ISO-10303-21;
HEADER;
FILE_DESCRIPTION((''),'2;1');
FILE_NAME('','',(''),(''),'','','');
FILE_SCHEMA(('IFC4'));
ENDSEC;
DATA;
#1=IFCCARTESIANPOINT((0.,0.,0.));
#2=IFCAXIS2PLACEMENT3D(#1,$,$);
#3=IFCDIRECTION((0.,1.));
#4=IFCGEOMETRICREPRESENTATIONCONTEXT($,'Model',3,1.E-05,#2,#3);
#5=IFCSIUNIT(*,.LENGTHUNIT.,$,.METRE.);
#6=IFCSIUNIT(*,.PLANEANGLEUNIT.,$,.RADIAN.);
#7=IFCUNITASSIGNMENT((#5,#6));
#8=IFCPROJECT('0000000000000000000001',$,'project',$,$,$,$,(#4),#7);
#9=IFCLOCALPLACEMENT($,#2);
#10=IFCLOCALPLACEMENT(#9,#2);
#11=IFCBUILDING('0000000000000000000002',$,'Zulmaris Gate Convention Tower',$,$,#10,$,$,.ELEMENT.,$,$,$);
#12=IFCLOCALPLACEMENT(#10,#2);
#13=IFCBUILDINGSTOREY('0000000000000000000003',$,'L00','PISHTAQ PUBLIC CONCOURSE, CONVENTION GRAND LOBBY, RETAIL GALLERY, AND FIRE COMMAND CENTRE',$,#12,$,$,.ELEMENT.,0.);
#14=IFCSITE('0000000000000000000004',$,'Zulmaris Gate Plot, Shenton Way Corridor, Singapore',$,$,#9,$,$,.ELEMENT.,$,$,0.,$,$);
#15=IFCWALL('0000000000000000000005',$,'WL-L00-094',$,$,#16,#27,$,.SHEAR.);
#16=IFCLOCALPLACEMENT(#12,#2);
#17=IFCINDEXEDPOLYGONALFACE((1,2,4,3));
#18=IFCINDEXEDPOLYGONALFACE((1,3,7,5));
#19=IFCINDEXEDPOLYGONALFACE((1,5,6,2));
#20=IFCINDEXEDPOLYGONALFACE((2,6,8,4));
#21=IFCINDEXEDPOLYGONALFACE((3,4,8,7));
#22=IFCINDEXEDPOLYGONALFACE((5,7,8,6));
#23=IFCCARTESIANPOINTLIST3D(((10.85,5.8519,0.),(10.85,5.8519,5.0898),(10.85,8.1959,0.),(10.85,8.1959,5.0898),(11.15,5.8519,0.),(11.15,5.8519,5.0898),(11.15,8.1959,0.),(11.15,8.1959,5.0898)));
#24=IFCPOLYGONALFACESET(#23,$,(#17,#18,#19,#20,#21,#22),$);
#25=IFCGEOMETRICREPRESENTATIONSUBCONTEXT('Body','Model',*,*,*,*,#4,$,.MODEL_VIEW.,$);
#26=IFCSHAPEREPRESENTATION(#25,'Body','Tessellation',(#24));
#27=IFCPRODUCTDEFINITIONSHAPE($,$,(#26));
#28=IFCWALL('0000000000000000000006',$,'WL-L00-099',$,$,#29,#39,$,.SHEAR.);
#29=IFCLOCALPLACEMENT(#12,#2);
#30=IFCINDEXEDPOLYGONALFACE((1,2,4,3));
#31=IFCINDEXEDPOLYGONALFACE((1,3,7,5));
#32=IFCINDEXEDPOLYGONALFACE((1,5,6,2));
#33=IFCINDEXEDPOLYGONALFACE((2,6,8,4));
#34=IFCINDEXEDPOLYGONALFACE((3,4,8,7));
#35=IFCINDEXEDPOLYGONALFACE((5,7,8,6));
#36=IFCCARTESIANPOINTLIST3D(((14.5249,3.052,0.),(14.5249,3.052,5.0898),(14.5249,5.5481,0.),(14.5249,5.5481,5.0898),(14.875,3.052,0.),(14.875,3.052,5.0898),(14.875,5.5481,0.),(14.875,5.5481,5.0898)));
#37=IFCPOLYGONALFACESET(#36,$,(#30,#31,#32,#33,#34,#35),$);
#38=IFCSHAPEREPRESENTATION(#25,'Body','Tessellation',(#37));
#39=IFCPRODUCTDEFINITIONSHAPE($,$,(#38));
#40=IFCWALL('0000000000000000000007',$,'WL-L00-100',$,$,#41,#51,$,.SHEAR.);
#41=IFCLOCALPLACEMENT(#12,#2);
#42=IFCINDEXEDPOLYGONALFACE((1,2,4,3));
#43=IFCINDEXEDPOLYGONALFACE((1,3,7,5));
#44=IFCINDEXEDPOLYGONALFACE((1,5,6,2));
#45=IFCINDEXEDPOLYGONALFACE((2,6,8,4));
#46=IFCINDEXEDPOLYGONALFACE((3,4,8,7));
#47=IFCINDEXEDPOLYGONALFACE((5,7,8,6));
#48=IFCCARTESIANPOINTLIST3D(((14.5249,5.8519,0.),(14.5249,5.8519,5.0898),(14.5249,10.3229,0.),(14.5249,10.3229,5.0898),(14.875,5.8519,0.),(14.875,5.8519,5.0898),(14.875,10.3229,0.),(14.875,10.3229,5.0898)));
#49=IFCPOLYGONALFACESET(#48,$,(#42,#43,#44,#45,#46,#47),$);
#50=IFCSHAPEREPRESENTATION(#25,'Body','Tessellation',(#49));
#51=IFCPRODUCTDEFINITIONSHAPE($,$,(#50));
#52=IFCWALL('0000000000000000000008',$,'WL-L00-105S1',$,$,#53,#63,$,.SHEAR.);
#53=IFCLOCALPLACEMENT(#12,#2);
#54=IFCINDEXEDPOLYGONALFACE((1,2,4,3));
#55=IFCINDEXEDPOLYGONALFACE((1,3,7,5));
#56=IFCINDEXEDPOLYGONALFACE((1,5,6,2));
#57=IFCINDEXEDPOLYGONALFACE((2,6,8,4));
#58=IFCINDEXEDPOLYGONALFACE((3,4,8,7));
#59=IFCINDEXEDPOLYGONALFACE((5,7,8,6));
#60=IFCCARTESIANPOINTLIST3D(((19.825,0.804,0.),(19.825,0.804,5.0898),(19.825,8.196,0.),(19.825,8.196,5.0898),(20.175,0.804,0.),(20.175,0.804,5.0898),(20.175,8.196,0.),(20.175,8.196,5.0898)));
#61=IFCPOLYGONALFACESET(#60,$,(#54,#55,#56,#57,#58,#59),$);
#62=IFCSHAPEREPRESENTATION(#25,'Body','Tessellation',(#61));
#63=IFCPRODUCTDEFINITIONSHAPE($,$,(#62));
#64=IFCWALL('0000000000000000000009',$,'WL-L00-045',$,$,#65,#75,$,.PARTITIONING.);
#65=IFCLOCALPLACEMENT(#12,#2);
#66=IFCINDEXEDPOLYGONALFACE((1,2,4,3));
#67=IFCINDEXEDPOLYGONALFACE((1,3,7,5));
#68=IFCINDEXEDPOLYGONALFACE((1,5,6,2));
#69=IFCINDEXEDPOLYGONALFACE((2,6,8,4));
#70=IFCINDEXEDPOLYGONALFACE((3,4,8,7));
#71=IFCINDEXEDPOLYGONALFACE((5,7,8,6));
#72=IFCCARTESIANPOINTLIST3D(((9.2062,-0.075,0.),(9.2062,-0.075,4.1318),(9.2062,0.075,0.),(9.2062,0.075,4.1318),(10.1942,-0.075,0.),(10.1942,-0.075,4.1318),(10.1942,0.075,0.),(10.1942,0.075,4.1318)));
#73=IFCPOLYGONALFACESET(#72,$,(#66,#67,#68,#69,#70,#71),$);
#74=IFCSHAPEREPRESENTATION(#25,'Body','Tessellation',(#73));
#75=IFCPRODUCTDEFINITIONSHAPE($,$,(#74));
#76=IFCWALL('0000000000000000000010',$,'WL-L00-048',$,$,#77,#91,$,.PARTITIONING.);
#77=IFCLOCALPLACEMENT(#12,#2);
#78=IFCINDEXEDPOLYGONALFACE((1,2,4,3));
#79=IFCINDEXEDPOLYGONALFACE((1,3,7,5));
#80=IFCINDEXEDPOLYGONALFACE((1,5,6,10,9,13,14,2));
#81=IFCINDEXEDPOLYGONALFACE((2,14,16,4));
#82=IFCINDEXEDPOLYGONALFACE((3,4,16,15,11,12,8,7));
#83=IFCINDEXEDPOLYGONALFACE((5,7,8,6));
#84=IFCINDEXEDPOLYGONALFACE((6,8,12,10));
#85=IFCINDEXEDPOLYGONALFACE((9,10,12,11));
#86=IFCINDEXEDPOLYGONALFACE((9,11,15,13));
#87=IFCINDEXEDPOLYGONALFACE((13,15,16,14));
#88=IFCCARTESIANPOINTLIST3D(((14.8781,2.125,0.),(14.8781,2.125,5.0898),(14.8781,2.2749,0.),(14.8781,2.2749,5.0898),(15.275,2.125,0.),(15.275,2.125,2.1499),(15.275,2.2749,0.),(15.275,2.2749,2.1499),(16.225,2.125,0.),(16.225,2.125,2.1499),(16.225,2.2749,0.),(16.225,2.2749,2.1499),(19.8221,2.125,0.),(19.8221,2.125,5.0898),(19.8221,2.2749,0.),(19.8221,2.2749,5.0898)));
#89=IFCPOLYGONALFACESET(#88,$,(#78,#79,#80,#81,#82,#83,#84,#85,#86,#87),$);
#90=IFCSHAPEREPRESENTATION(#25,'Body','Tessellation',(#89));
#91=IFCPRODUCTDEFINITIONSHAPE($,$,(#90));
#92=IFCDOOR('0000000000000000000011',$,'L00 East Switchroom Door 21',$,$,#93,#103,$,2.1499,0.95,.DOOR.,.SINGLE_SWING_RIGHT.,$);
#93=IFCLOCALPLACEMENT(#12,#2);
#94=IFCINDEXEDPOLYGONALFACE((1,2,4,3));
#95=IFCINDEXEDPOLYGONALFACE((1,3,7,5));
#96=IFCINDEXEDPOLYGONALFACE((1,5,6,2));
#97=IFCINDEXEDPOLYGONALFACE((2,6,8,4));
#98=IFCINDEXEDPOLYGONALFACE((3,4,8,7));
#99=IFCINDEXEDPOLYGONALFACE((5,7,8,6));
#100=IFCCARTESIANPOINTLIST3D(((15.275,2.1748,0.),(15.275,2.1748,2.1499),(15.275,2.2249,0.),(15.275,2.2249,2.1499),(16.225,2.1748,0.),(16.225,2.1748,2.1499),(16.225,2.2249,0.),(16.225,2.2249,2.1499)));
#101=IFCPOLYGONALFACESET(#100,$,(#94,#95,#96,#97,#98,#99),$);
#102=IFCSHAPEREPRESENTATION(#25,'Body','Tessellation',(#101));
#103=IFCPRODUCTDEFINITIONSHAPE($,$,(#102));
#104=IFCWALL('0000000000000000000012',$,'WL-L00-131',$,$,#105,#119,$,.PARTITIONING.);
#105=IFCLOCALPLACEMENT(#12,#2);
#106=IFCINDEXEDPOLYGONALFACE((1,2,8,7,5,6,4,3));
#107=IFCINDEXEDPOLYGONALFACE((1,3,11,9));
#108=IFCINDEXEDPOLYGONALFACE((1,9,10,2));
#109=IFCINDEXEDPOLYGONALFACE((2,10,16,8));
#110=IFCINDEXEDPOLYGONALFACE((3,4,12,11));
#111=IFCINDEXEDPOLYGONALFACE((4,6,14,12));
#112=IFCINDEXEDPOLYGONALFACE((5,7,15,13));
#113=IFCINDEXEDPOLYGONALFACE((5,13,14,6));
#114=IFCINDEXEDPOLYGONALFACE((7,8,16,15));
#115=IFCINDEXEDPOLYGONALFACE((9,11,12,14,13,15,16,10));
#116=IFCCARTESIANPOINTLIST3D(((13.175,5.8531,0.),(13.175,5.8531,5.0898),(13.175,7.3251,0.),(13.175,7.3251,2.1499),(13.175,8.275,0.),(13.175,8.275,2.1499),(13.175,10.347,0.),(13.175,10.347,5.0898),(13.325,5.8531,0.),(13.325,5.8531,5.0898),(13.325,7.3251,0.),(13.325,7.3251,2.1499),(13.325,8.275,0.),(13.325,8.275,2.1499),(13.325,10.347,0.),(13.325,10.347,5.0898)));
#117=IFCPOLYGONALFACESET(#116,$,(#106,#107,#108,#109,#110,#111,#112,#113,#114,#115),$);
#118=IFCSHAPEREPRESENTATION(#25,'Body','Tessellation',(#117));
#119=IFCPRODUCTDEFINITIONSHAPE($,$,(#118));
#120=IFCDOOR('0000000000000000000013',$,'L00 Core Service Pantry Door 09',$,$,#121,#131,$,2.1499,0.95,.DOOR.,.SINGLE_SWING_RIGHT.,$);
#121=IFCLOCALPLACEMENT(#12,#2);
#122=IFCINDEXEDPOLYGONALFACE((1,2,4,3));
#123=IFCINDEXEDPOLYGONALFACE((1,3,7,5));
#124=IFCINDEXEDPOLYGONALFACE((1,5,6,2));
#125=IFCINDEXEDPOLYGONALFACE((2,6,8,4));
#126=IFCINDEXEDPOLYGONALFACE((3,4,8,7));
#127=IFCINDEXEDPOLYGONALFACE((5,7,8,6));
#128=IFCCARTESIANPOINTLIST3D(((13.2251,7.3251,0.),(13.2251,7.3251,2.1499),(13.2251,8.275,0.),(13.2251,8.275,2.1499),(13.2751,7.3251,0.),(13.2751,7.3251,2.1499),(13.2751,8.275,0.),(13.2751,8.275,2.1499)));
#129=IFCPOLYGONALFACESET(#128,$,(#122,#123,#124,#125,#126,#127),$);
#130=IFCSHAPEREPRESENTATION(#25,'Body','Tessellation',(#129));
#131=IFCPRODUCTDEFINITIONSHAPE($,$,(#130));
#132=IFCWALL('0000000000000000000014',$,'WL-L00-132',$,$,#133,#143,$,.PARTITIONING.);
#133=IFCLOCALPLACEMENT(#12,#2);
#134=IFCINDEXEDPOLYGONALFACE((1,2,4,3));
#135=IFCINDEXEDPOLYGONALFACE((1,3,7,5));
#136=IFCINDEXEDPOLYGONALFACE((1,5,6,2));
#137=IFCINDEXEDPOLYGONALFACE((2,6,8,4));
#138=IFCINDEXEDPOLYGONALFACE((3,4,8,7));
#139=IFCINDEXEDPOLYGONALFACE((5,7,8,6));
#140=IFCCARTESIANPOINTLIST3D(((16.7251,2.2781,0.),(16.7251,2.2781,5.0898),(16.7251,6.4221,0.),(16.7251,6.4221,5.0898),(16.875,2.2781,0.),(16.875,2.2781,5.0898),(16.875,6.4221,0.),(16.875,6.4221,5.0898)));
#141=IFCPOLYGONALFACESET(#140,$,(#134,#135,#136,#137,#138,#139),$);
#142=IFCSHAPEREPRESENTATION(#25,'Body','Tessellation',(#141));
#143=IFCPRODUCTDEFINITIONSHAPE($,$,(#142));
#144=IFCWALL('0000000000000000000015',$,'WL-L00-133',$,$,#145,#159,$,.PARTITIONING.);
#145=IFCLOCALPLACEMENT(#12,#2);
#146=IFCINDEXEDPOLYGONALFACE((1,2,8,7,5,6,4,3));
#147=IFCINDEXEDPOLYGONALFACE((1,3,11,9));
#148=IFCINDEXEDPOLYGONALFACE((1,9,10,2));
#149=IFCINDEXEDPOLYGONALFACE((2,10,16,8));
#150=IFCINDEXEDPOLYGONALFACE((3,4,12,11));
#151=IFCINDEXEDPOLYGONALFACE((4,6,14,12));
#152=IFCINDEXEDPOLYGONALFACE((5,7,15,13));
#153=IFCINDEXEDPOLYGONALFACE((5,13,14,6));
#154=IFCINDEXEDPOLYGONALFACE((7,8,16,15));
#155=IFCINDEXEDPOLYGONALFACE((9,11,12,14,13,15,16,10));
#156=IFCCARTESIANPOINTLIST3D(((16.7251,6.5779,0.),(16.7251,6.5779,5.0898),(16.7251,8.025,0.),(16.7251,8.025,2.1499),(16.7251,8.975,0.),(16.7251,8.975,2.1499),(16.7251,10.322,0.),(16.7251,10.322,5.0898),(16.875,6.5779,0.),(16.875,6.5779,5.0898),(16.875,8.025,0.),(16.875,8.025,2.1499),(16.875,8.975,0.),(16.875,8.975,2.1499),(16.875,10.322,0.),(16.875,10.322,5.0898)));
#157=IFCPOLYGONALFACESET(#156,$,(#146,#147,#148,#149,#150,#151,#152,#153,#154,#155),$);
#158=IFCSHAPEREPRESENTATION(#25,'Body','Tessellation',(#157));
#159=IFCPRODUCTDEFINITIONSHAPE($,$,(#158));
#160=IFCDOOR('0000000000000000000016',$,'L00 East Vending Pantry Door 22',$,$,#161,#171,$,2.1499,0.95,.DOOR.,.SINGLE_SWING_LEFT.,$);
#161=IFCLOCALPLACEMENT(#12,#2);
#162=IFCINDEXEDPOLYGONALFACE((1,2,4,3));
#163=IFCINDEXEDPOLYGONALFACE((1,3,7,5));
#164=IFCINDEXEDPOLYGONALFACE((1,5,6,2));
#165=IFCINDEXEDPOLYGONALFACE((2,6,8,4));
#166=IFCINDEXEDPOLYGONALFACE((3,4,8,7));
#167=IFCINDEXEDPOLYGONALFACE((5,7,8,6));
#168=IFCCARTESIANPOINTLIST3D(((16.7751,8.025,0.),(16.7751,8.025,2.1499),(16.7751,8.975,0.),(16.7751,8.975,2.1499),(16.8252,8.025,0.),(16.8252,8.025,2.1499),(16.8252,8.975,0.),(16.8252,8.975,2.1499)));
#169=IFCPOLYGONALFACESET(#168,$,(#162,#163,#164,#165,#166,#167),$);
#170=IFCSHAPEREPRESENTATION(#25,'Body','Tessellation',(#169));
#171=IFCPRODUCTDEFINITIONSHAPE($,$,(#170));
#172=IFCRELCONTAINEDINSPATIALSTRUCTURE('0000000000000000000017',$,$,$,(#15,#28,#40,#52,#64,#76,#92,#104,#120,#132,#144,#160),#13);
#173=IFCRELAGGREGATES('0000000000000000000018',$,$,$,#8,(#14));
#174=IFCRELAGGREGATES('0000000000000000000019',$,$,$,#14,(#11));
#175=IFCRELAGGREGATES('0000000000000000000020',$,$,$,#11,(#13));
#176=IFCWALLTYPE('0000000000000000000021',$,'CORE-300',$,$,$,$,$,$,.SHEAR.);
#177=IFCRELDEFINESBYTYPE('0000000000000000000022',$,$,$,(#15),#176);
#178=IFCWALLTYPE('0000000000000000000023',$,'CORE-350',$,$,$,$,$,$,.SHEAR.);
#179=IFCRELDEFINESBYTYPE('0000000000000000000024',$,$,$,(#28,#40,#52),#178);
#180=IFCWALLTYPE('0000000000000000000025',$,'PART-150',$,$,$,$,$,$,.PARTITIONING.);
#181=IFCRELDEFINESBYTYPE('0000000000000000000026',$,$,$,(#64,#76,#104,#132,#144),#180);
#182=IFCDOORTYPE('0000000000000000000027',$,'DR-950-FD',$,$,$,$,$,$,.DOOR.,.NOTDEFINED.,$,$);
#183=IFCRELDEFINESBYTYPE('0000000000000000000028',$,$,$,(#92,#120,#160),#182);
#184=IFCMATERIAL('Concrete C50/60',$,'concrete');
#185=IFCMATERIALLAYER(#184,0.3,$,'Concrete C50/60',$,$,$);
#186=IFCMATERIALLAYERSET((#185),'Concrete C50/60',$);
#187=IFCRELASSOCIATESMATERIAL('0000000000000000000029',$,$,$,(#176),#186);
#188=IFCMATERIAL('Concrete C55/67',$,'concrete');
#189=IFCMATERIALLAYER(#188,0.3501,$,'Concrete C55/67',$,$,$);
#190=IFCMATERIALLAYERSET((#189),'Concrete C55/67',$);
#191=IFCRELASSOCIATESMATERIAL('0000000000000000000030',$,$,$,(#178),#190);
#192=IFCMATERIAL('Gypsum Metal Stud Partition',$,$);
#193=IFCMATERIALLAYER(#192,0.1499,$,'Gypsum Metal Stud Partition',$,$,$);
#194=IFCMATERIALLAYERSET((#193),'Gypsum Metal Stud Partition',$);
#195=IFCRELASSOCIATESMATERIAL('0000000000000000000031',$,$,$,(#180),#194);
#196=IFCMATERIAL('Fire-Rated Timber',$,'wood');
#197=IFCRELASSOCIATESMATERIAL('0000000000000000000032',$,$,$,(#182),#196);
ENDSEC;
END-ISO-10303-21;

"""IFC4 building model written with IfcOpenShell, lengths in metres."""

from ifc_helpers import new_model, si_unit, direction, frame, frame_2d, origin, place, context, subcontext, project, spatial, rectangle, extrude, material, layer, layer_set, type_object, element, fill, save


model = new_model("IFC4")

# Units and contexts
model_context = context("Model", 3, precision=1e-05, world=origin(), true_north=direction((0.0, 1.0)))
body_context = subcontext(model_context, "Body", "Model", "MODEL_VIEW")
ifc_project = project(units=[si_unit("LENGTHUNIT", "METRE"), si_unit("PLANEANGLEUNIT", "RADIAN")], contexts=[model_context])

# Site, building, storey
site_placement = place(None, origin())
site = spatial("IfcSite", under=ifc_project, at=site_placement, Name="Zulmaris Gate Plot, Shenton Way Corridor, Singapore", CompositionType="ELEMENT", RefElevation=0.0)
building_placement = place(site_placement, origin())
building = spatial("IfcBuilding", under=site, at=building_placement, Name="Zulmaris Gate Convention Tower", CompositionType="ELEMENT")
storey_placement = place(building_placement, origin())
storey = spatial("IfcBuildingStorey", under=building, at=storey_placement, Name="L00", Description="PISHTAQ PUBLIC CONCOURSE, CONVENTION GRAND LOBBY, RETAIL GALLERY, AND FIRE COMMAND CENTRE", CompositionType="ELEMENT", Elevation=0.0)

# Shared definitions
ifc_material_1 = material(Name="Concrete C50/60", Category="concrete")

# Shared definitions
ifc_layer_1 = layer(ifc_material_1, 0.3, Name="Concrete C50/60")
ifc_layer_set_1 = layer_set([ifc_layer_1], Name="Concrete C50/60")
wall_type_1 = type_object("IfcWallType", Name="CORE-300", PredefinedType="SHEAR", material=ifc_layer_set_1)

# Walls
wall_1_placement = place(storey_placement, frame((11.0, 5.8521, 0.0), z_axis=(0.0, 0.0, 1.0), x_axis=(0.0, 1.0, 0.0)))
element("IfcWall", 1, at=wall_1_placement, inside=storey, type_object=wall_type_1, Name="WL-L00-094", PredefinedType="SHEAR", context=body_context, shape_type="SweptSolid", body=[
    extrude(rectangle(XDim=2.344, YDim=0.3, at=frame_2d((1.1719, 0.0))), origin(), (0.0, 0.0, 1.0), 5.0898),
])
ifc_material_2 = material(Name="Concrete C55/67", Category="concrete")
ifc_layer_2 = layer(ifc_material_2, 0.3501, Name="Concrete C55/67")
ifc_layer_set_2 = layer_set([ifc_layer_2], Name="Concrete C55/67")
wall_type_2 = type_object("IfcWallType", Name="CORE-350", PredefinedType="SHEAR", material=ifc_layer_set_2)
wall_2_placement = place(storey_placement, frame((14.7, 3.052, 0.0), z_axis=(0.0, 0.0, 1.0), x_axis=(0.0, 1.0, 0.0)))
element("IfcWall", 2, at=wall_2_placement, inside=storey, type_object=wall_type_2, Name="WL-L00-099", PredefinedType="SHEAR", context=body_context, shape_type="SweptSolid", body=[
    extrude(rectangle(XDim=2.4961, YDim=0.3501, at=frame_2d((1.248, 0.0))), origin(), (0.0, 0.0, 1.0), 5.0898),
])
wall_3_placement = place(storey_placement, frame((14.7, 5.8521, 0.0), z_axis=(0.0, 0.0, 1.0), x_axis=(0.0, 1.0, 0.0)))
element("IfcWall", 3, at=wall_3_placement, inside=storey, type_object=wall_type_2, Name="WL-L00-100", PredefinedType="SHEAR", context=body_context, shape_type="SweptSolid", body=[
    extrude(rectangle(XDim=4.4709, YDim=0.3501, at=frame_2d((2.2354, 0.0))), origin(), (0.0, 0.0, 1.0), 5.0898),
])
wall_4_placement = place(storey_placement, frame((20.0, 0.804, 0.0), z_axis=(0.0, 0.0, 1.0), x_axis=(0.0, 1.0, 0.0)))
element("IfcWall", 4, at=wall_4_placement, inside=storey, type_object=wall_type_2, Name="WL-L00-105S1", PredefinedType="SHEAR", context=body_context, shape_type="SweptSolid", body=[
    extrude(rectangle(XDim=7.3921, YDim=0.3501, at=frame_2d((3.696, 0.0))), origin(), (0.0, 0.0, 1.0), 5.0898),
])
ifc_material_3 = material(Name="Gypsum Metal Stud Partition")
ifc_layer_3 = layer(ifc_material_3, 0.1499, Name="Gypsum Metal Stud Partition")
ifc_layer_set_3 = layer_set([ifc_layer_3], Name="Gypsum Metal Stud Partition")
wall_type_3 = type_object("IfcWallType", Name="PART-150", PredefinedType="PARTITIONING", material=ifc_layer_set_3)
wall_5_placement = place(storey_placement, frame((9.2061, 0.0, 0.0), z_axis=(0.0, 0.0, 1.0), x_axis=(1.0, 0.0, 0.0)))
element("IfcWall", 5, at=wall_5_placement, inside=storey, type_object=wall_type_3, Name="WL-L00-045", PredefinedType="PARTITIONING", context=body_context, shape_type="SweptSolid", body=[
    extrude(rectangle(XDim=0.988, YDim=0.1499, at=frame_2d((0.4941, 0.0))), origin(), (0.0, 0.0, 1.0), 4.1318),
])

# Wall, opening, door
wall_6_placement = place(storey_placement, frame((14.8779, 2.2, 0.0), z_axis=(0.0, 0.0, 1.0), x_axis=(1.0, 0.0, 0.0)))
wall_6 = element("IfcWall", 6, at=wall_6_placement, inside=storey, type_object=wall_type_3, Name="WL-L00-048", PredefinedType="PARTITIONING", context=body_context, shape_type="SweptSolid", body=[
    extrude(rectangle(XDim=4.9441, YDim=0.1499, at=frame_2d((2.4722, 0.0))), origin(), (0.0, 0.0, 1.0), 5.0898),
])
opening_1_placement = place(wall_6_placement, frame((0.397, 0.0, 0.0)))
opening_1 = element("IfcOpeningElement", 7, at=opening_1_placement, cuts=wall_6, PredefinedType="OPENING", context=body_context, shape_type="SweptSolid", body=[
    extrude(rectangle(XDim=0.95, YDim=2.1499, at=frame_2d((0.4751, 1.075))), frame((0.0, 0.085, 0.0), z_axis=(0.0, -1.0, 0.0), x_axis=(1.0, 0.0, 0.0)), (0.0, 0.0, 1.0), 0.1699),
])
ifc_material_4 = material(Name="Fire-Rated Timber", Category="wood")
door_type_1 = type_object("IfcDoorType", Name="DR-950-FD", OperationType="NOTDEFINED", PredefinedType="DOOR", material=ifc_material_4)
door_1_placement = place(opening_1_placement, origin())
door_1 = element("IfcDoor", 8, at=door_1_placement, inside=storey, type_object=door_type_1, Name="L00 East Switchroom Door 21", OperationType="SINGLE_SWING_RIGHT", OverallHeight=2.1499, OverallWidth=0.95, PredefinedType="DOOR", context=body_context, shape_type="SweptSolid", body=[
    extrude(rectangle(XDim=0.95, YDim=2.1499, at=frame_2d((0.4751, 1.075))), frame((0.0, 0.0249, 0.0), z_axis=(0.0, -1.0, 0.0), x_axis=(1.0, 0.0, 0.0)), (0.0, 0.0, 1.0), 0.05),
])
fill(opening_1, door_1)

# Wall, opening, door
wall_7_placement = place(storey_placement, frame((13.25, 5.853, 0.0), z_axis=(0.0, 0.0, 1.0), x_axis=(0.0, 1.0, 0.0)))
wall_7 = element("IfcWall", 9, at=wall_7_placement, inside=storey, type_object=wall_type_3, Name="WL-L00-131", PredefinedType="PARTITIONING", context=body_context, shape_type="SweptSolid", body=[
    extrude(rectangle(XDim=4.4939, YDim=0.1499, at=frame_2d((2.2471, 0.0))), origin(), (0.0, 0.0, 1.0), 5.0898),
])
opening_2_placement = place(wall_7_placement, frame((1.4719, 0.0, 0.0)))
opening_2 = element("IfcOpeningElement", 10, at=opening_2_placement, cuts=wall_7, PredefinedType="OPENING", context=body_context, shape_type="SweptSolid", body=[
    extrude(rectangle(XDim=0.95, YDim=2.1499, at=frame_2d((0.4751, 1.075))), frame((0.0, 0.085, 0.0), z_axis=(0.0, -1.0, 0.0), x_axis=(1.0, 0.0, 0.0)), (0.0, 0.0, 1.0), 0.1699),
])
door_2_placement = place(opening_2_placement, origin())
door_2 = element("IfcDoor", 11, at=door_2_placement, inside=storey, type_object=door_type_1, Name="L00 Core Service Pantry Door 09", OperationType="SINGLE_SWING_RIGHT", OverallHeight=2.1499, OverallWidth=0.95, PredefinedType="DOOR", context=body_context, shape_type="SweptSolid", body=[
    extrude(rectangle(XDim=0.95, YDim=2.1499, at=frame_2d((0.4751, 1.075))), frame((0.0, 0.0249, 0.0), z_axis=(0.0, -1.0, 0.0), x_axis=(1.0, 0.0, 0.0)), (0.0, 0.0, 1.0), 0.05),
])
fill(opening_2, door_2)

# Wall
wall_8_placement = place(storey_placement, frame((16.8, 2.2781, 0.0), z_axis=(0.0, 0.0, 1.0), x_axis=(0.0, 1.0, 0.0)))
element("IfcWall", 12, at=wall_8_placement, inside=storey, type_object=wall_type_3, Name="WL-L00-132", PredefinedType="PARTITIONING", context=body_context, shape_type="SweptSolid", body=[
    extrude(rectangle(XDim=4.144, YDim=0.1499, at=frame_2d((2.072, 0.0))), origin(), (0.0, 0.0, 1.0), 5.0898),
])

# Wall, opening, door
wall_9_placement = place(storey_placement, frame((16.8, 6.5779, 0.0), z_axis=(0.0, 0.0, 1.0), x_axis=(0.0, 1.0, 0.0)))
wall_9 = element("IfcWall", 13, at=wall_9_placement, inside=storey, type_object=wall_type_3, Name="WL-L00-133", PredefinedType="PARTITIONING", context=body_context, shape_type="SweptSolid", body=[
    extrude(rectangle(XDim=3.7441, YDim=0.1499, at=frame_2d((1.8721, 0.0))), origin(), (0.0, 0.0, 1.0), 5.0898),
])
opening_3_placement = place(wall_9_placement, frame((1.447, 0.0, 0.0)))
opening_3 = element("IfcOpeningElement", 14, at=opening_3_placement, cuts=wall_9, PredefinedType="OPENING", context=body_context, shape_type="SweptSolid", body=[
    extrude(rectangle(XDim=0.95, YDim=2.1499, at=frame_2d((0.4751, 1.075))), frame((0.0, 0.085, 0.0), z_axis=(0.0, -1.0, 0.0), x_axis=(1.0, 0.0, 0.0)), (0.0, 0.0, 1.0), 0.1699),
])
door_3_placement = place(opening_3_placement, origin())
door_3 = element("IfcDoor", 15, at=door_3_placement, inside=storey, type_object=door_type_1, Name="L00 East Vending Pantry Door 22", OperationType="SINGLE_SWING_LEFT", OverallHeight=2.1499, OverallWidth=0.95, PredefinedType="DOOR", context=body_context, shape_type="SweptSolid", body=[
    extrude(rectangle(XDim=0.95, YDim=2.1499, at=frame_2d((0.4751, 1.075))), frame((0.0, 0.0249, 0.0), z_axis=(0.0, -1.0, 0.0), x_axis=(1.0, 0.0, 0.0)), (0.0, 0.0, 1.0), 0.05),
])
fill(opening_3, door_3)

save(model, "model.ifc")
